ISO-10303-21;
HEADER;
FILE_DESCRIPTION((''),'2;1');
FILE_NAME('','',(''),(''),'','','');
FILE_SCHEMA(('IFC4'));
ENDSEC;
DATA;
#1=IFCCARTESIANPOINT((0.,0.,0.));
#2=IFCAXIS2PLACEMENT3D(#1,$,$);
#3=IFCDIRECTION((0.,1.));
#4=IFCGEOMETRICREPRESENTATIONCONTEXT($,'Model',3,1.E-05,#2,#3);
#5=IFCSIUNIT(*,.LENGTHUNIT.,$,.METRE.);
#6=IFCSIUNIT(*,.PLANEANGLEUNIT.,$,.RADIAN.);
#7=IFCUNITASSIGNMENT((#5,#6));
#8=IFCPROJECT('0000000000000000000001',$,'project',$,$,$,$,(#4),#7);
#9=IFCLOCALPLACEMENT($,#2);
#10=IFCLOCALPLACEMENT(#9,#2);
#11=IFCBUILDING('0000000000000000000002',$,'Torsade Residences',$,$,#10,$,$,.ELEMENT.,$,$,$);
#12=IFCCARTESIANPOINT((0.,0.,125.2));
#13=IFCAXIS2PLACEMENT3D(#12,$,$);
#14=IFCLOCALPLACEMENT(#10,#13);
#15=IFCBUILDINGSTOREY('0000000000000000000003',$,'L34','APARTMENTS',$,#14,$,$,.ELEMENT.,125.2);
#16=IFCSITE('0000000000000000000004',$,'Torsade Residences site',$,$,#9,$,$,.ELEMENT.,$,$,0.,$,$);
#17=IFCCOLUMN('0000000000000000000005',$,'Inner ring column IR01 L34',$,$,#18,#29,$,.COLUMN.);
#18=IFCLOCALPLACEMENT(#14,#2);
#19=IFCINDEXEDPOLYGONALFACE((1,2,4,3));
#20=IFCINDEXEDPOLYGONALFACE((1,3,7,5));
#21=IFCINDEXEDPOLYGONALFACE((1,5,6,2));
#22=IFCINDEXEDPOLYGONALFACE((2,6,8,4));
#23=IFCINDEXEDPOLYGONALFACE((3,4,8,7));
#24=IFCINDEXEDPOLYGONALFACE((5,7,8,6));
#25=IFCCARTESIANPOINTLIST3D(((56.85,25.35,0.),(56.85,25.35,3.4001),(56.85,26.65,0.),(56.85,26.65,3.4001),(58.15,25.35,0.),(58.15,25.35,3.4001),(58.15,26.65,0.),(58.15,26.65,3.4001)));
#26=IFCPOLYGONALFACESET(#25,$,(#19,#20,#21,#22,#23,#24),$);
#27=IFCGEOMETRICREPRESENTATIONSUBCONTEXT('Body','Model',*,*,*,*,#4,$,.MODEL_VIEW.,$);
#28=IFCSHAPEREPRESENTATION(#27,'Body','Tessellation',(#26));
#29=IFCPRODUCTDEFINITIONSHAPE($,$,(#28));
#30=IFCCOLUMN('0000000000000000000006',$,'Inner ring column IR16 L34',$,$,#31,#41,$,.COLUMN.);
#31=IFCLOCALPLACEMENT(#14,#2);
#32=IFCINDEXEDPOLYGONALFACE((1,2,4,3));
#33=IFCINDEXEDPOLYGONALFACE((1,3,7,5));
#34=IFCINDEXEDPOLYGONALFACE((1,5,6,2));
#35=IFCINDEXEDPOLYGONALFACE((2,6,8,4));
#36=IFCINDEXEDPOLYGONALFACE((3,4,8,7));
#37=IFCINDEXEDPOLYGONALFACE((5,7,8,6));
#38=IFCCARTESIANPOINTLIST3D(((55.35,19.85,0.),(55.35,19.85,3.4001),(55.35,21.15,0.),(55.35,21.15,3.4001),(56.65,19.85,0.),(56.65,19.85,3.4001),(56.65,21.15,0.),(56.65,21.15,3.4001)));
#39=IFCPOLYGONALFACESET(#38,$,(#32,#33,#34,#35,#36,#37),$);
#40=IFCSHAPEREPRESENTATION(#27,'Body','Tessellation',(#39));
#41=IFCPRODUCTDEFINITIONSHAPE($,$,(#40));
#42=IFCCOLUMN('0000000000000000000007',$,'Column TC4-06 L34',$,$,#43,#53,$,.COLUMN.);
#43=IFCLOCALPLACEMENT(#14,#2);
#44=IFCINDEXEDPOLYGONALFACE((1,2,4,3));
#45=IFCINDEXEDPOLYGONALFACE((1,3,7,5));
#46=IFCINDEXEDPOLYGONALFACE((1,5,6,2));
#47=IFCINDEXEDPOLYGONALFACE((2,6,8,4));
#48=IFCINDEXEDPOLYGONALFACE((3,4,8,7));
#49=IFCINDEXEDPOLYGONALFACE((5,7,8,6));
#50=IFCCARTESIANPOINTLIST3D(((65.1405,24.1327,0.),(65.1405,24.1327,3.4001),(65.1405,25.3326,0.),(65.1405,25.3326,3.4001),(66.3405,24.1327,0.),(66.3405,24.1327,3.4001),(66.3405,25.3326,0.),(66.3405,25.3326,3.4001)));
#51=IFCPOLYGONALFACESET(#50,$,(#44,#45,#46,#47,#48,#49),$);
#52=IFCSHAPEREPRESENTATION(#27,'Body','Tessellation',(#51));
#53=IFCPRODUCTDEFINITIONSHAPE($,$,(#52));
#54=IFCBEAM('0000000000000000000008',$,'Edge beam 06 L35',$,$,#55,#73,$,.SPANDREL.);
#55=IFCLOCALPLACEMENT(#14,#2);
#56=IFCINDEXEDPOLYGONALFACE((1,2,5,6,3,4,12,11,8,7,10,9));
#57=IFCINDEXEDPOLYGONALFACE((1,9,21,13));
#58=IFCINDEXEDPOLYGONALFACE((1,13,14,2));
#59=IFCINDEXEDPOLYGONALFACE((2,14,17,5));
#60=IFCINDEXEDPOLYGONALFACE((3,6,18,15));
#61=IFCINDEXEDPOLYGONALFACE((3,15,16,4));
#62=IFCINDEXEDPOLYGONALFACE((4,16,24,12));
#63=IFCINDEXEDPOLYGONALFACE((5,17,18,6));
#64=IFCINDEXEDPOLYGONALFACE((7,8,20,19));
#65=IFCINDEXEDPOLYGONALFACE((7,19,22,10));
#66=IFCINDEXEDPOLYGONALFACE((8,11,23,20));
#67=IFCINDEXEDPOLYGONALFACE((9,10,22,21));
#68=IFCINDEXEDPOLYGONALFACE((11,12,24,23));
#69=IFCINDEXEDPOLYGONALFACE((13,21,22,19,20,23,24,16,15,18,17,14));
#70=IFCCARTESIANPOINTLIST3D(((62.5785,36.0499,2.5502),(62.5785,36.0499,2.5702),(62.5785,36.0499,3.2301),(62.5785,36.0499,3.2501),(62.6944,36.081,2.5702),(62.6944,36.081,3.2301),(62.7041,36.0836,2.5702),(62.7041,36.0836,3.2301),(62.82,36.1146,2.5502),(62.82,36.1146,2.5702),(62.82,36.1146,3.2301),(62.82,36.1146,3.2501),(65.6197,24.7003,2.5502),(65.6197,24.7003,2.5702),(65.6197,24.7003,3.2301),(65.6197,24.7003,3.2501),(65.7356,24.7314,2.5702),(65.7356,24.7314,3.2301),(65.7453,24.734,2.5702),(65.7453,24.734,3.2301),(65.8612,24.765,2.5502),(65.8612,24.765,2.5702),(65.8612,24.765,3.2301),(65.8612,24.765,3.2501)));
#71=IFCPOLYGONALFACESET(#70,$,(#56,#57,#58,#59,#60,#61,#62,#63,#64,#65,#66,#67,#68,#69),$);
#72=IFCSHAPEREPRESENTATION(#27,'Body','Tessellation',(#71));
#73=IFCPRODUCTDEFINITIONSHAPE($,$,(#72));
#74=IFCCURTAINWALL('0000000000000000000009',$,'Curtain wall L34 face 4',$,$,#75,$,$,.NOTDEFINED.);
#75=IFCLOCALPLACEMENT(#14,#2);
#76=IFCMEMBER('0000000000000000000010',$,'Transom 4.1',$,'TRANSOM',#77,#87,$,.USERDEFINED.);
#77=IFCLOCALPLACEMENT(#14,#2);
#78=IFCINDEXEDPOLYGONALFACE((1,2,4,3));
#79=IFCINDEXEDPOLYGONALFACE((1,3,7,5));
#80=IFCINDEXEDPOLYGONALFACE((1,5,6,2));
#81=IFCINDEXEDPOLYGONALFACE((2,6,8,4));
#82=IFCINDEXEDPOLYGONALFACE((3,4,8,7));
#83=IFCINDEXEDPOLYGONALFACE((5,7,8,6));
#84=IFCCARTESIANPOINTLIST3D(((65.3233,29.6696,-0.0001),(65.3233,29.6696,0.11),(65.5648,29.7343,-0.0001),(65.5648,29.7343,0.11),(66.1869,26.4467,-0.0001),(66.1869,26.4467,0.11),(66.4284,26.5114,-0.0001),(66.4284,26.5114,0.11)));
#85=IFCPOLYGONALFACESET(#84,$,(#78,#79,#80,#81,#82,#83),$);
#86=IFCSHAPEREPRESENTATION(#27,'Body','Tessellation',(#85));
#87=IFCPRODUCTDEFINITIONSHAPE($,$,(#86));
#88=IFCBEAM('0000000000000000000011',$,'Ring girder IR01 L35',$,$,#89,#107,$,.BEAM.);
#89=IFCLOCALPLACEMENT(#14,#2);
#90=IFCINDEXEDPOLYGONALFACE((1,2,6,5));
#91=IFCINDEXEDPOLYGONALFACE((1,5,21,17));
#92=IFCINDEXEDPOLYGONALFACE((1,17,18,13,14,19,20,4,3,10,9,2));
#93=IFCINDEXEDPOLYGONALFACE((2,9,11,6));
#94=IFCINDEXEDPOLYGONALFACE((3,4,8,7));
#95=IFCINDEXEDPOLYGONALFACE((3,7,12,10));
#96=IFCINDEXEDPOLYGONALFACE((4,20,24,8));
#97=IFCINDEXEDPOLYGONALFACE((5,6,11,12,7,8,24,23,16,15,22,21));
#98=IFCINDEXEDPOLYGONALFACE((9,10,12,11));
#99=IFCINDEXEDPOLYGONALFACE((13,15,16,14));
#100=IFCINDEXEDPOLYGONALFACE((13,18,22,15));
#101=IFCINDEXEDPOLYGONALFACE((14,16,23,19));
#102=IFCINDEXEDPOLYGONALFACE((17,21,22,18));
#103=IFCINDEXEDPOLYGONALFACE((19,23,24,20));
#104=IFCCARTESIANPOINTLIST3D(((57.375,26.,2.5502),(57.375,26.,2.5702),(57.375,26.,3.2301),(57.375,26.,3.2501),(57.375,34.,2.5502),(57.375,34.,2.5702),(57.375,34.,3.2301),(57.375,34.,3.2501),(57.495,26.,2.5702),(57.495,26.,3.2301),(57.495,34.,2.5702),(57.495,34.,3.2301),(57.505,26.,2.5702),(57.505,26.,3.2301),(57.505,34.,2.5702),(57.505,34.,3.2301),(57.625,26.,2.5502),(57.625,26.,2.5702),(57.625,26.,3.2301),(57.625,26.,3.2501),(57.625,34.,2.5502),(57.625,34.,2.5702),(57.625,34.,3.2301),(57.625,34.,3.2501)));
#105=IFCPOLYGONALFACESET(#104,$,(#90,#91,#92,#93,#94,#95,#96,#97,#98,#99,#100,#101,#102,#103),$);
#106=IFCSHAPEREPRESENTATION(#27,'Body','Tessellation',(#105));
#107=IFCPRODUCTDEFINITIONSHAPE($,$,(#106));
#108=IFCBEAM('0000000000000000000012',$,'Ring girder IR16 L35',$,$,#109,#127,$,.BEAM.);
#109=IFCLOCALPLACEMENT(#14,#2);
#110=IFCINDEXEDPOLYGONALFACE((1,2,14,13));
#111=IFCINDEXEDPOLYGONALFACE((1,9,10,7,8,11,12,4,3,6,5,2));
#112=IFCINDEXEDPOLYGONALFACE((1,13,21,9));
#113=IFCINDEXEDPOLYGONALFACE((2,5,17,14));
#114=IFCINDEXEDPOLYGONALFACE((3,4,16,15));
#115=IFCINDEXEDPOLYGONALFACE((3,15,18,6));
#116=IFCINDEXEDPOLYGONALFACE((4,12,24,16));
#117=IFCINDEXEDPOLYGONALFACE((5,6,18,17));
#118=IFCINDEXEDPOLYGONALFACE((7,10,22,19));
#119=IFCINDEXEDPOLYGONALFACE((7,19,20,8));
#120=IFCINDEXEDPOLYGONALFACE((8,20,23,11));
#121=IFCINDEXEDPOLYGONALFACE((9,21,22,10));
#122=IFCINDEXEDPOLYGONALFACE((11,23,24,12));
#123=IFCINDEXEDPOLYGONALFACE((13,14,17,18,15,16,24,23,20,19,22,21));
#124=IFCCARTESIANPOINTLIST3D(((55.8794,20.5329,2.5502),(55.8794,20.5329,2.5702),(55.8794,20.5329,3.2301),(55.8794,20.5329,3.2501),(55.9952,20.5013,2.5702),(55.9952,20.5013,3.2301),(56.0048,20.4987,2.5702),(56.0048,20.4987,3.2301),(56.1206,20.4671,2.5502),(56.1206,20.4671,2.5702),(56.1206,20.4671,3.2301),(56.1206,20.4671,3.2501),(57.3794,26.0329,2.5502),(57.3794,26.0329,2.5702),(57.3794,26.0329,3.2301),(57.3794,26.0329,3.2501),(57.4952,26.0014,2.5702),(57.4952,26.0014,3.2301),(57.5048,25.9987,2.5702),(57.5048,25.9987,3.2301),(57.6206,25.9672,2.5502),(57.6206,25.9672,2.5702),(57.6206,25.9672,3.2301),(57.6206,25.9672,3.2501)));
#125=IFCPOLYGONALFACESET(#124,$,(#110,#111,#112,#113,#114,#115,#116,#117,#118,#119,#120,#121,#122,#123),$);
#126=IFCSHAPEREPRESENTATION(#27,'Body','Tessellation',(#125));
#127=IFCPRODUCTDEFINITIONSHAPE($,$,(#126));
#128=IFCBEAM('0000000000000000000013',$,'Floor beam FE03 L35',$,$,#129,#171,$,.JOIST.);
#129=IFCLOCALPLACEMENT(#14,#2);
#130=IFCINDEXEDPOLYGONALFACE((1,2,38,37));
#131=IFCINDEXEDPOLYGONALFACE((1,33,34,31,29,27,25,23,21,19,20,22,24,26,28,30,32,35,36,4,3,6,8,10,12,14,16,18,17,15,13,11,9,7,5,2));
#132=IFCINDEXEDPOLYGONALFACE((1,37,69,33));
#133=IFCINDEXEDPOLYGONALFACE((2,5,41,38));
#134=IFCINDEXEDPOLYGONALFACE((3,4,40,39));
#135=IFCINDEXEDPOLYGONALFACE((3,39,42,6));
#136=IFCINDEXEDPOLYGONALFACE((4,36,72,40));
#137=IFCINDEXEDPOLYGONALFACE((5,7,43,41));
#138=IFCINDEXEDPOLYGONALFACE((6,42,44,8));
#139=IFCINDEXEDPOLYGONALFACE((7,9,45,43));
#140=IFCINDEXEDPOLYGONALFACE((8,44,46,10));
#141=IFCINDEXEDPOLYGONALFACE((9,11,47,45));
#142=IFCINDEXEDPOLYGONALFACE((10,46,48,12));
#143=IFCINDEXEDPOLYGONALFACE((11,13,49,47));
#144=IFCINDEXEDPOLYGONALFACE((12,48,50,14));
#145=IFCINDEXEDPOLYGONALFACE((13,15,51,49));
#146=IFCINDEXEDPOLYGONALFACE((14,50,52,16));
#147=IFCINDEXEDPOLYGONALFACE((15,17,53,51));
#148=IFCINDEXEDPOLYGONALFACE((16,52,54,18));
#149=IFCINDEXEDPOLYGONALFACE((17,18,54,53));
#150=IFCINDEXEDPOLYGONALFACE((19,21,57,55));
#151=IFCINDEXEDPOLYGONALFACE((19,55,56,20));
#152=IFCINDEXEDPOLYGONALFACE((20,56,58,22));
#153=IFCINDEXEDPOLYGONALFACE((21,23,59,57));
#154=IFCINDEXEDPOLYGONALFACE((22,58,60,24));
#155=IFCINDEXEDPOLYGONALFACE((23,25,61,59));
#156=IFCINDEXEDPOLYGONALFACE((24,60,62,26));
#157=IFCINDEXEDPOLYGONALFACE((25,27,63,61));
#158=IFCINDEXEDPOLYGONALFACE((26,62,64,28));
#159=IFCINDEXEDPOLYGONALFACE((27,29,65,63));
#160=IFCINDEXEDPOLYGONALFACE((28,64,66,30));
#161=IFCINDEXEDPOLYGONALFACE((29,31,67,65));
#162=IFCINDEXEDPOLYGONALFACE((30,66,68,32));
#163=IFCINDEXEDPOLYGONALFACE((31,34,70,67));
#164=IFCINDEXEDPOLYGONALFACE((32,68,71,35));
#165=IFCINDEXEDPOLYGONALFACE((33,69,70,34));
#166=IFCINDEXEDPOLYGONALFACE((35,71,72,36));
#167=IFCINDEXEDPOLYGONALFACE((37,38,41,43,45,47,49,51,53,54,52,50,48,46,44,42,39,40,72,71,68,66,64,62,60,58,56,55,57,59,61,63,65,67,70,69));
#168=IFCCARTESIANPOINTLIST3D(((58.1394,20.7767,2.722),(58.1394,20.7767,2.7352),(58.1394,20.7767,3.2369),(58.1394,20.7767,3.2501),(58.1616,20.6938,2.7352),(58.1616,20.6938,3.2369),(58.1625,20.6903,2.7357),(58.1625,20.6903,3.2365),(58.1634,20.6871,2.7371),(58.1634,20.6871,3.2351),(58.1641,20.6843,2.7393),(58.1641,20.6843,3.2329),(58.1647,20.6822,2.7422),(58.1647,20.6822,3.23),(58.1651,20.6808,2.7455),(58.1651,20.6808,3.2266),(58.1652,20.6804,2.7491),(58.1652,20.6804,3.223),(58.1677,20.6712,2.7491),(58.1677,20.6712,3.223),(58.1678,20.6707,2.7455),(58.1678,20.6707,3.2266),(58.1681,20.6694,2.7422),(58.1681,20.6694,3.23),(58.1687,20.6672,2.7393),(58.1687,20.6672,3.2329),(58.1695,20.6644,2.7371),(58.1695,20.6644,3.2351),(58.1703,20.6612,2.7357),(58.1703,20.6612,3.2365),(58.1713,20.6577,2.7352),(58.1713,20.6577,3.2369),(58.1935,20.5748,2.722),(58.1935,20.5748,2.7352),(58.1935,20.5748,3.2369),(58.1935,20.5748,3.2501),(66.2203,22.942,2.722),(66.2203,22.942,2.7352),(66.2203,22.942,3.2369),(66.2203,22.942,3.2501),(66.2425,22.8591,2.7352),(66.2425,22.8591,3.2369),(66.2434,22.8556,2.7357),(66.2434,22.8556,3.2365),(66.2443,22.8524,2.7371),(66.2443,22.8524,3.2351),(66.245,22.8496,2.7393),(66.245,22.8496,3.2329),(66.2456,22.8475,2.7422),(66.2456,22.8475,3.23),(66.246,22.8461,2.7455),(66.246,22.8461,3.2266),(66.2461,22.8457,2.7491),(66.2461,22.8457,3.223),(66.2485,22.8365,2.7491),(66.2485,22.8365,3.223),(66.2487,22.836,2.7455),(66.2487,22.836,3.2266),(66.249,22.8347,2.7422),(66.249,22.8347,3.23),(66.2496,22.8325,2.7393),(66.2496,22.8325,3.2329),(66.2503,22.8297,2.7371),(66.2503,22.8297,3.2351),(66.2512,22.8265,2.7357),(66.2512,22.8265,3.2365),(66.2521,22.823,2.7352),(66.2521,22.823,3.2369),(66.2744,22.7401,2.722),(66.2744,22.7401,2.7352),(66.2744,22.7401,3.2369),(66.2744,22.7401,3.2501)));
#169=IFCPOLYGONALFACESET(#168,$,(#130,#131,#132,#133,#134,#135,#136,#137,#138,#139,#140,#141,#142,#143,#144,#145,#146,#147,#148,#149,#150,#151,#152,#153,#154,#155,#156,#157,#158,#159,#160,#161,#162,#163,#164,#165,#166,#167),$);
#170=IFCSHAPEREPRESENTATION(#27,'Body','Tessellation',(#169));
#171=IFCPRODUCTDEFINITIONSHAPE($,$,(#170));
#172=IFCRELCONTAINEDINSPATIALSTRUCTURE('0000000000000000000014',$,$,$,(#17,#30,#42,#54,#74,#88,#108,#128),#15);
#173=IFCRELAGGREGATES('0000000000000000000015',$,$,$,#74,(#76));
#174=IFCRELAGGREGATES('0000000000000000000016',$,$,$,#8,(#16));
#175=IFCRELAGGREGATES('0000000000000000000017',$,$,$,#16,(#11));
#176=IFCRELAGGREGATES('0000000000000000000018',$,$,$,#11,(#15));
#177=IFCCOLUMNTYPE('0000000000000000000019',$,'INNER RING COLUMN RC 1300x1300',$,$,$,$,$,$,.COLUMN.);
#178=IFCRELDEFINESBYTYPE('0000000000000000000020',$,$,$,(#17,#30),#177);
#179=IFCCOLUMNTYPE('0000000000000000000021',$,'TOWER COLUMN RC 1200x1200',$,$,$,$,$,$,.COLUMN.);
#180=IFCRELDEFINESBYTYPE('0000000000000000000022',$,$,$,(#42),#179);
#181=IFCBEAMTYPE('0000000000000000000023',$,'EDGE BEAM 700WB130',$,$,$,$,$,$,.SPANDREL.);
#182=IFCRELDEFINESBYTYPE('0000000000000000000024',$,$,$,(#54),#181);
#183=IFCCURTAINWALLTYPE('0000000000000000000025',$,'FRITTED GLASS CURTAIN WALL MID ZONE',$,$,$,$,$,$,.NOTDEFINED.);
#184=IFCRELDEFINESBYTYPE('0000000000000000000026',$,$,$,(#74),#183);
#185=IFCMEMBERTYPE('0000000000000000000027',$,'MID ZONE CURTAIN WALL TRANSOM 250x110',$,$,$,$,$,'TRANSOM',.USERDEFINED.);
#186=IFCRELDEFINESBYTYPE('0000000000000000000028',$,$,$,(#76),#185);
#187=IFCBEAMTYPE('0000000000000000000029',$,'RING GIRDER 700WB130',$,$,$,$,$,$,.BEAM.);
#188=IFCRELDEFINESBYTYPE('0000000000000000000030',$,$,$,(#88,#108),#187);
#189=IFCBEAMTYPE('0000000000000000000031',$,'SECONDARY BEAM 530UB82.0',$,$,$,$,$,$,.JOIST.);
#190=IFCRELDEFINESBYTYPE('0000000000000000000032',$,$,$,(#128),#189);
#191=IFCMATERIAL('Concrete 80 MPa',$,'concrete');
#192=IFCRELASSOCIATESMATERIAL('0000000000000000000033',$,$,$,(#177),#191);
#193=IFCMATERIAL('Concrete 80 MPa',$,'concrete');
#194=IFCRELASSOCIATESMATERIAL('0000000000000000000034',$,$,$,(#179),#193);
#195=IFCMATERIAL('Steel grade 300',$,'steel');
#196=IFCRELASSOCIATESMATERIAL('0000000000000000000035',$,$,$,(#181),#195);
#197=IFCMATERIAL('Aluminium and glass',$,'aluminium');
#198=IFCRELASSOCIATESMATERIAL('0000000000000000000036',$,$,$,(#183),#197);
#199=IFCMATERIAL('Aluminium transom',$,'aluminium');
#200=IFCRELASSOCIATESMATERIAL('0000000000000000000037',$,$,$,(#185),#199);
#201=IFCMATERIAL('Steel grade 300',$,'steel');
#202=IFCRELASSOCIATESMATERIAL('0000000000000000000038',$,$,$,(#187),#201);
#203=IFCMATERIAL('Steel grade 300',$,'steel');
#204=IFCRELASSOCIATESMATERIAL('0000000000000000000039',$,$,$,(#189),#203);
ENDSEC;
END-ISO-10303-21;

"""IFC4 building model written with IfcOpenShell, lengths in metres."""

from ifc_helpers import new_model, si_unit, direction, frame, origin, origin_2d, place, context, subcontext, project, spatial, rectangle, i_section, extrude, material, material_profile, profile_set, type_object, element, aggregate, save


model = new_model("IFC4")

# Units and contexts
model_context = context("Model", 3, precision=1e-05, world=origin(), true_north=direction((0.0, 1.0)))
body_context = subcontext(model_context, "Body", "Model", "MODEL_VIEW")
ifc_project = project(units=[si_unit("LENGTHUNIT", "METRE"), si_unit("PLANEANGLEUNIT", "RADIAN")], contexts=[model_context])

# Site, building, storey
site_placement = place(None, origin())
site = spatial("IfcSite", under=ifc_project, at=site_placement, Name="Torsade Residences site", CompositionType="ELEMENT", RefElevation=0.0)
building_placement = place(site_placement, origin())
building = spatial("IfcBuilding", under=site, at=building_placement, Name="Torsade Residences", CompositionType="ELEMENT")
storey_placement = place(building_placement, frame((0.0, 0.0, 125.2)))
storey = spatial("IfcBuildingStorey", under=building, at=storey_placement, Name="L34", Description="APARTMENTS", CompositionType="ELEMENT", Elevation=125.2)

# Columns
ifc_material_1 = material(Name="Concrete 80 MPa", Category="concrete")
ifc_material_profile_1 = material_profile(ifc_material_1, rectangle(XDim=1.3, YDim=1.3, at=origin_2d()), Name="RC 1300x1300")
ifc_profile_set_1 = profile_set([ifc_material_profile_1], Name="Concrete 80 MPa")
column_type_1 = type_object("IfcColumnType", Name="INNER RING COLUMN RC 1300x1300", PredefinedType="COLUMN", material=ifc_profile_set_1)
for number, where, z_axis, x_axis, name in (
    (1, (57.5, 26.0, 0.0), (0.0, 0.0, 1.0), (1.0, 0.0, 0.0), "Inner ring column IR01 L34"),
    (2, (56.0, 20.5, 0.0), (0.0, 0.0, 1.0), (1.0, 0.0, 0.0), "Inner ring column IR16 L34"),
):
    element("IfcColumn", number, at=place(storey_placement, frame(where, z_axis=z_axis, x_axis=x_axis)), inside=storey, type_object=column_type_1, Name=name, PredefinedType="COLUMN", context=body_context, shape_type="SweptSolid", body=[
        extrude(rectangle(XDim=1.3, YDim=1.3, at=origin_2d()), origin(), (0.0, 0.0, 1.0), 3.4001),
    ])
ifc_material_2 = material(Name="Concrete 80 MPa", Category="concrete")
ifc_material_profile_2 = material_profile(ifc_material_2, rectangle(XDim=1.2, YDim=1.2, at=origin_2d()), Name="RC 1200x1200")
ifc_profile_set_2 = profile_set([ifc_material_profile_2], Name="Concrete 80 MPa")
column_type_2 = type_object("IfcColumnType", Name="TOWER COLUMN RC 1200x1200", PredefinedType="COLUMN", material=ifc_profile_set_2)
column_placement = place(storey_placement, frame((65.7405, 24.7327, 0.0), z_axis=(0.0, 0.0, 1.0), x_axis=(1.0, 0.0, 0.0)))
element("IfcColumn", 3, at=column_placement, inside=storey, type_object=column_type_2, Name="Column TC4-06 L34", PredefinedType="COLUMN", context=body_context, shape_type="SweptSolid", body=[
    extrude(rectangle(XDim=1.2, YDim=1.2, at=origin_2d()), origin(), (0.0, 0.0, 1.0), 3.4001),
])

# Beam
ifc_material_3 = material(Name="Steel grade 300", Category="steel")
ifc_material_profile_3 = material_profile(ifc_material_3, i_section(OverallWidth=0.25, OverallDepth=0.7, WebThickness=0.01, FlangeThickness=0.02, at=origin_2d()), Name="700WB130")
ifc_profile_set_3 = profile_set([ifc_material_profile_3], Name="Steel grade 300")
beam_type_1 = type_object("IfcBeamType", Name="EDGE BEAM 700WB130", PredefinedType="SPANDREL", material=ifc_profile_set_3)
beam_1_placement = place(storey_placement, frame((65.7405, 24.7327, 2.9001), z_axis=(-0.25883, 0.965923, 0.0), x_axis=(-0.965923, -0.25883, 0.0)))
element("IfcBeam", 4, at=beam_1_placement, inside=storey, type_object=beam_type_1, Name="Edge beam 06 L35", PredefinedType="SPANDREL", context=body_context, shape_type="SweptSolid", body=[
    extrude(i_section(OverallWidth=0.25, OverallDepth=0.7, WebThickness=0.01, FlangeThickness=0.02, at=origin_2d()), origin(), (0.0, 0.0, 1.0), 11.75),
])

# Curtain wall, member
ifc_material_4 = material(Name="Aluminium and glass", Category="aluminium")
curtain_wall_type = type_object("IfcCurtainWallType", Name="FRITTED GLASS CURTAIN WALL MID ZONE", PredefinedType="NOTDEFINED", material=ifc_material_4)
curtain_wall_placement = place(storey_placement, origin())
curtain_wall = element("IfcCurtainWall", 5, at=curtain_wall_placement, inside=storey, type_object=curtain_wall_type, Name="Curtain wall L34 face 4", PredefinedType="NOTDEFINED")
ifc_material_5 = material(Name="Aluminium transom", Category="aluminium")
ifc_material_profile_4 = material_profile(ifc_material_5, rectangle(XDim=0.25, YDim=0.1101, at=origin_2d()), Name="MID ZONE CURTAIN WALL TRANSOM 250x110")
ifc_profile_set_4 = profile_set([ifc_material_profile_4], Name="Aluminium transom")
member_type = type_object("IfcMemberType", Name="MID ZONE CURTAIN WALL TRANSOM 250x110", ElementType="TRANSOM", PredefinedType="USERDEFINED", material=ifc_profile_set_4)
member_placement = place(storey_placement, frame((66.3076, 26.479, 0.0549), z_axis=(-0.258806, 0.965929, 0.0), x_axis=(-0.965929, -0.258806, 0.0)))
member = element("IfcMember", 6, at=member_placement, type_object=member_type, Name="Transom 4.1", ObjectType="TRANSOM", PredefinedType="USERDEFINED", context=body_context, shape_type="SweptSolid", body=[
    extrude(rectangle(XDim=0.25, YDim=0.1101, at=origin_2d()), origin(), (0.0, 0.0, 1.0), 3.3367),
])
aggregate(curtain_wall, [member])

# Beams
ifc_material_6 = material(Name="Steel grade 300", Category="steel")
ifc_material_profile_5 = material_profile(ifc_material_6, i_section(OverallWidth=0.25, OverallDepth=0.7, WebThickness=0.01, FlangeThickness=0.02, at=origin_2d()), Name="700WB130")
ifc_profile_set_5 = profile_set([ifc_material_profile_5], Name="Steel grade 300")
beam_type_2 = type_object("IfcBeamType", Name="RING GIRDER 700WB130", PredefinedType="BEAM", material=ifc_profile_set_5)
beam_2_placement = place(storey_placement, frame((57.5, 26.0, 2.9001), z_axis=(0.0, 1.0, 0.0), x_axis=(-1.0, 0.0, 0.0)))
element("IfcBeam", 7, at=beam_2_placement, inside=storey, type_object=beam_type_2, Name="Ring girder IR01 L35", PredefinedType="BEAM", context=body_context, shape_type="SweptSolid", body=[
    extrude(i_section(OverallWidth=0.25, OverallDepth=0.7, WebThickness=0.01, FlangeThickness=0.02, at=origin_2d()), origin(), (0.0, 0.0, 1.0), 8.0),
])
beam_3_placement = place(storey_placement, frame((56.0, 20.5, 2.9001), z_axis=(0.263117, 0.964764, 0.0), x_axis=(-0.964764, 0.263117, 0.0)))
element("IfcBeam", 8, at=beam_3_placement, inside=storey, type_object=beam_type_2, Name="Ring girder IR16 L35", PredefinedType="BEAM", context=body_context, shape_type="SweptSolid", body=[
    extrude(i_section(OverallWidth=0.25, OverallDepth=0.7, WebThickness=0.01, FlangeThickness=0.02, at=origin_2d()), origin(), (0.0, 0.0, 1.0), 5.7009),
])
ifc_material_7 = material(Name="Steel grade 300", Category="steel")
ifc_material_profile_6 = material_profile(ifc_material_7, i_section(OverallWidth=0.209, OverallDepth=0.5281, WebThickness=0.0095, FlangeThickness=0.0132, FilletRadius=0.0139, at=origin_2d()), Name="530UB82.0")
ifc_profile_set_6 = profile_set([ifc_material_profile_6], Name="Steel grade 300")
beam_type_3 = type_object("IfcBeamType", Name="SECONDARY BEAM 530UB82.0", PredefinedType="JOIST", material=ifc_profile_set_6)
beam_4_placement = place(storey_placement, frame((66.2473, 22.8411, 2.9861), z_axis=(-0.965925, -0.258823, 0.0), x_axis=(0.258823, -0.965925, 0.0)))
element("IfcBeam", 9, at=beam_4_placement, inside=storey, type_object=beam_type_3, Name="Floor beam FE03 L35", PredefinedType="JOIST", context=body_context, shape_type="SweptSolid", body=[
    extrude(i_section(OverallWidth=0.209, OverallDepth=0.5281, WebThickness=0.0095, FlangeThickness=0.0132, FilletRadius=0.0139, at=origin_2d()), origin(), (0.0, 0.0, 1.0), 8.366),
])

save(model, "model.ifc")
